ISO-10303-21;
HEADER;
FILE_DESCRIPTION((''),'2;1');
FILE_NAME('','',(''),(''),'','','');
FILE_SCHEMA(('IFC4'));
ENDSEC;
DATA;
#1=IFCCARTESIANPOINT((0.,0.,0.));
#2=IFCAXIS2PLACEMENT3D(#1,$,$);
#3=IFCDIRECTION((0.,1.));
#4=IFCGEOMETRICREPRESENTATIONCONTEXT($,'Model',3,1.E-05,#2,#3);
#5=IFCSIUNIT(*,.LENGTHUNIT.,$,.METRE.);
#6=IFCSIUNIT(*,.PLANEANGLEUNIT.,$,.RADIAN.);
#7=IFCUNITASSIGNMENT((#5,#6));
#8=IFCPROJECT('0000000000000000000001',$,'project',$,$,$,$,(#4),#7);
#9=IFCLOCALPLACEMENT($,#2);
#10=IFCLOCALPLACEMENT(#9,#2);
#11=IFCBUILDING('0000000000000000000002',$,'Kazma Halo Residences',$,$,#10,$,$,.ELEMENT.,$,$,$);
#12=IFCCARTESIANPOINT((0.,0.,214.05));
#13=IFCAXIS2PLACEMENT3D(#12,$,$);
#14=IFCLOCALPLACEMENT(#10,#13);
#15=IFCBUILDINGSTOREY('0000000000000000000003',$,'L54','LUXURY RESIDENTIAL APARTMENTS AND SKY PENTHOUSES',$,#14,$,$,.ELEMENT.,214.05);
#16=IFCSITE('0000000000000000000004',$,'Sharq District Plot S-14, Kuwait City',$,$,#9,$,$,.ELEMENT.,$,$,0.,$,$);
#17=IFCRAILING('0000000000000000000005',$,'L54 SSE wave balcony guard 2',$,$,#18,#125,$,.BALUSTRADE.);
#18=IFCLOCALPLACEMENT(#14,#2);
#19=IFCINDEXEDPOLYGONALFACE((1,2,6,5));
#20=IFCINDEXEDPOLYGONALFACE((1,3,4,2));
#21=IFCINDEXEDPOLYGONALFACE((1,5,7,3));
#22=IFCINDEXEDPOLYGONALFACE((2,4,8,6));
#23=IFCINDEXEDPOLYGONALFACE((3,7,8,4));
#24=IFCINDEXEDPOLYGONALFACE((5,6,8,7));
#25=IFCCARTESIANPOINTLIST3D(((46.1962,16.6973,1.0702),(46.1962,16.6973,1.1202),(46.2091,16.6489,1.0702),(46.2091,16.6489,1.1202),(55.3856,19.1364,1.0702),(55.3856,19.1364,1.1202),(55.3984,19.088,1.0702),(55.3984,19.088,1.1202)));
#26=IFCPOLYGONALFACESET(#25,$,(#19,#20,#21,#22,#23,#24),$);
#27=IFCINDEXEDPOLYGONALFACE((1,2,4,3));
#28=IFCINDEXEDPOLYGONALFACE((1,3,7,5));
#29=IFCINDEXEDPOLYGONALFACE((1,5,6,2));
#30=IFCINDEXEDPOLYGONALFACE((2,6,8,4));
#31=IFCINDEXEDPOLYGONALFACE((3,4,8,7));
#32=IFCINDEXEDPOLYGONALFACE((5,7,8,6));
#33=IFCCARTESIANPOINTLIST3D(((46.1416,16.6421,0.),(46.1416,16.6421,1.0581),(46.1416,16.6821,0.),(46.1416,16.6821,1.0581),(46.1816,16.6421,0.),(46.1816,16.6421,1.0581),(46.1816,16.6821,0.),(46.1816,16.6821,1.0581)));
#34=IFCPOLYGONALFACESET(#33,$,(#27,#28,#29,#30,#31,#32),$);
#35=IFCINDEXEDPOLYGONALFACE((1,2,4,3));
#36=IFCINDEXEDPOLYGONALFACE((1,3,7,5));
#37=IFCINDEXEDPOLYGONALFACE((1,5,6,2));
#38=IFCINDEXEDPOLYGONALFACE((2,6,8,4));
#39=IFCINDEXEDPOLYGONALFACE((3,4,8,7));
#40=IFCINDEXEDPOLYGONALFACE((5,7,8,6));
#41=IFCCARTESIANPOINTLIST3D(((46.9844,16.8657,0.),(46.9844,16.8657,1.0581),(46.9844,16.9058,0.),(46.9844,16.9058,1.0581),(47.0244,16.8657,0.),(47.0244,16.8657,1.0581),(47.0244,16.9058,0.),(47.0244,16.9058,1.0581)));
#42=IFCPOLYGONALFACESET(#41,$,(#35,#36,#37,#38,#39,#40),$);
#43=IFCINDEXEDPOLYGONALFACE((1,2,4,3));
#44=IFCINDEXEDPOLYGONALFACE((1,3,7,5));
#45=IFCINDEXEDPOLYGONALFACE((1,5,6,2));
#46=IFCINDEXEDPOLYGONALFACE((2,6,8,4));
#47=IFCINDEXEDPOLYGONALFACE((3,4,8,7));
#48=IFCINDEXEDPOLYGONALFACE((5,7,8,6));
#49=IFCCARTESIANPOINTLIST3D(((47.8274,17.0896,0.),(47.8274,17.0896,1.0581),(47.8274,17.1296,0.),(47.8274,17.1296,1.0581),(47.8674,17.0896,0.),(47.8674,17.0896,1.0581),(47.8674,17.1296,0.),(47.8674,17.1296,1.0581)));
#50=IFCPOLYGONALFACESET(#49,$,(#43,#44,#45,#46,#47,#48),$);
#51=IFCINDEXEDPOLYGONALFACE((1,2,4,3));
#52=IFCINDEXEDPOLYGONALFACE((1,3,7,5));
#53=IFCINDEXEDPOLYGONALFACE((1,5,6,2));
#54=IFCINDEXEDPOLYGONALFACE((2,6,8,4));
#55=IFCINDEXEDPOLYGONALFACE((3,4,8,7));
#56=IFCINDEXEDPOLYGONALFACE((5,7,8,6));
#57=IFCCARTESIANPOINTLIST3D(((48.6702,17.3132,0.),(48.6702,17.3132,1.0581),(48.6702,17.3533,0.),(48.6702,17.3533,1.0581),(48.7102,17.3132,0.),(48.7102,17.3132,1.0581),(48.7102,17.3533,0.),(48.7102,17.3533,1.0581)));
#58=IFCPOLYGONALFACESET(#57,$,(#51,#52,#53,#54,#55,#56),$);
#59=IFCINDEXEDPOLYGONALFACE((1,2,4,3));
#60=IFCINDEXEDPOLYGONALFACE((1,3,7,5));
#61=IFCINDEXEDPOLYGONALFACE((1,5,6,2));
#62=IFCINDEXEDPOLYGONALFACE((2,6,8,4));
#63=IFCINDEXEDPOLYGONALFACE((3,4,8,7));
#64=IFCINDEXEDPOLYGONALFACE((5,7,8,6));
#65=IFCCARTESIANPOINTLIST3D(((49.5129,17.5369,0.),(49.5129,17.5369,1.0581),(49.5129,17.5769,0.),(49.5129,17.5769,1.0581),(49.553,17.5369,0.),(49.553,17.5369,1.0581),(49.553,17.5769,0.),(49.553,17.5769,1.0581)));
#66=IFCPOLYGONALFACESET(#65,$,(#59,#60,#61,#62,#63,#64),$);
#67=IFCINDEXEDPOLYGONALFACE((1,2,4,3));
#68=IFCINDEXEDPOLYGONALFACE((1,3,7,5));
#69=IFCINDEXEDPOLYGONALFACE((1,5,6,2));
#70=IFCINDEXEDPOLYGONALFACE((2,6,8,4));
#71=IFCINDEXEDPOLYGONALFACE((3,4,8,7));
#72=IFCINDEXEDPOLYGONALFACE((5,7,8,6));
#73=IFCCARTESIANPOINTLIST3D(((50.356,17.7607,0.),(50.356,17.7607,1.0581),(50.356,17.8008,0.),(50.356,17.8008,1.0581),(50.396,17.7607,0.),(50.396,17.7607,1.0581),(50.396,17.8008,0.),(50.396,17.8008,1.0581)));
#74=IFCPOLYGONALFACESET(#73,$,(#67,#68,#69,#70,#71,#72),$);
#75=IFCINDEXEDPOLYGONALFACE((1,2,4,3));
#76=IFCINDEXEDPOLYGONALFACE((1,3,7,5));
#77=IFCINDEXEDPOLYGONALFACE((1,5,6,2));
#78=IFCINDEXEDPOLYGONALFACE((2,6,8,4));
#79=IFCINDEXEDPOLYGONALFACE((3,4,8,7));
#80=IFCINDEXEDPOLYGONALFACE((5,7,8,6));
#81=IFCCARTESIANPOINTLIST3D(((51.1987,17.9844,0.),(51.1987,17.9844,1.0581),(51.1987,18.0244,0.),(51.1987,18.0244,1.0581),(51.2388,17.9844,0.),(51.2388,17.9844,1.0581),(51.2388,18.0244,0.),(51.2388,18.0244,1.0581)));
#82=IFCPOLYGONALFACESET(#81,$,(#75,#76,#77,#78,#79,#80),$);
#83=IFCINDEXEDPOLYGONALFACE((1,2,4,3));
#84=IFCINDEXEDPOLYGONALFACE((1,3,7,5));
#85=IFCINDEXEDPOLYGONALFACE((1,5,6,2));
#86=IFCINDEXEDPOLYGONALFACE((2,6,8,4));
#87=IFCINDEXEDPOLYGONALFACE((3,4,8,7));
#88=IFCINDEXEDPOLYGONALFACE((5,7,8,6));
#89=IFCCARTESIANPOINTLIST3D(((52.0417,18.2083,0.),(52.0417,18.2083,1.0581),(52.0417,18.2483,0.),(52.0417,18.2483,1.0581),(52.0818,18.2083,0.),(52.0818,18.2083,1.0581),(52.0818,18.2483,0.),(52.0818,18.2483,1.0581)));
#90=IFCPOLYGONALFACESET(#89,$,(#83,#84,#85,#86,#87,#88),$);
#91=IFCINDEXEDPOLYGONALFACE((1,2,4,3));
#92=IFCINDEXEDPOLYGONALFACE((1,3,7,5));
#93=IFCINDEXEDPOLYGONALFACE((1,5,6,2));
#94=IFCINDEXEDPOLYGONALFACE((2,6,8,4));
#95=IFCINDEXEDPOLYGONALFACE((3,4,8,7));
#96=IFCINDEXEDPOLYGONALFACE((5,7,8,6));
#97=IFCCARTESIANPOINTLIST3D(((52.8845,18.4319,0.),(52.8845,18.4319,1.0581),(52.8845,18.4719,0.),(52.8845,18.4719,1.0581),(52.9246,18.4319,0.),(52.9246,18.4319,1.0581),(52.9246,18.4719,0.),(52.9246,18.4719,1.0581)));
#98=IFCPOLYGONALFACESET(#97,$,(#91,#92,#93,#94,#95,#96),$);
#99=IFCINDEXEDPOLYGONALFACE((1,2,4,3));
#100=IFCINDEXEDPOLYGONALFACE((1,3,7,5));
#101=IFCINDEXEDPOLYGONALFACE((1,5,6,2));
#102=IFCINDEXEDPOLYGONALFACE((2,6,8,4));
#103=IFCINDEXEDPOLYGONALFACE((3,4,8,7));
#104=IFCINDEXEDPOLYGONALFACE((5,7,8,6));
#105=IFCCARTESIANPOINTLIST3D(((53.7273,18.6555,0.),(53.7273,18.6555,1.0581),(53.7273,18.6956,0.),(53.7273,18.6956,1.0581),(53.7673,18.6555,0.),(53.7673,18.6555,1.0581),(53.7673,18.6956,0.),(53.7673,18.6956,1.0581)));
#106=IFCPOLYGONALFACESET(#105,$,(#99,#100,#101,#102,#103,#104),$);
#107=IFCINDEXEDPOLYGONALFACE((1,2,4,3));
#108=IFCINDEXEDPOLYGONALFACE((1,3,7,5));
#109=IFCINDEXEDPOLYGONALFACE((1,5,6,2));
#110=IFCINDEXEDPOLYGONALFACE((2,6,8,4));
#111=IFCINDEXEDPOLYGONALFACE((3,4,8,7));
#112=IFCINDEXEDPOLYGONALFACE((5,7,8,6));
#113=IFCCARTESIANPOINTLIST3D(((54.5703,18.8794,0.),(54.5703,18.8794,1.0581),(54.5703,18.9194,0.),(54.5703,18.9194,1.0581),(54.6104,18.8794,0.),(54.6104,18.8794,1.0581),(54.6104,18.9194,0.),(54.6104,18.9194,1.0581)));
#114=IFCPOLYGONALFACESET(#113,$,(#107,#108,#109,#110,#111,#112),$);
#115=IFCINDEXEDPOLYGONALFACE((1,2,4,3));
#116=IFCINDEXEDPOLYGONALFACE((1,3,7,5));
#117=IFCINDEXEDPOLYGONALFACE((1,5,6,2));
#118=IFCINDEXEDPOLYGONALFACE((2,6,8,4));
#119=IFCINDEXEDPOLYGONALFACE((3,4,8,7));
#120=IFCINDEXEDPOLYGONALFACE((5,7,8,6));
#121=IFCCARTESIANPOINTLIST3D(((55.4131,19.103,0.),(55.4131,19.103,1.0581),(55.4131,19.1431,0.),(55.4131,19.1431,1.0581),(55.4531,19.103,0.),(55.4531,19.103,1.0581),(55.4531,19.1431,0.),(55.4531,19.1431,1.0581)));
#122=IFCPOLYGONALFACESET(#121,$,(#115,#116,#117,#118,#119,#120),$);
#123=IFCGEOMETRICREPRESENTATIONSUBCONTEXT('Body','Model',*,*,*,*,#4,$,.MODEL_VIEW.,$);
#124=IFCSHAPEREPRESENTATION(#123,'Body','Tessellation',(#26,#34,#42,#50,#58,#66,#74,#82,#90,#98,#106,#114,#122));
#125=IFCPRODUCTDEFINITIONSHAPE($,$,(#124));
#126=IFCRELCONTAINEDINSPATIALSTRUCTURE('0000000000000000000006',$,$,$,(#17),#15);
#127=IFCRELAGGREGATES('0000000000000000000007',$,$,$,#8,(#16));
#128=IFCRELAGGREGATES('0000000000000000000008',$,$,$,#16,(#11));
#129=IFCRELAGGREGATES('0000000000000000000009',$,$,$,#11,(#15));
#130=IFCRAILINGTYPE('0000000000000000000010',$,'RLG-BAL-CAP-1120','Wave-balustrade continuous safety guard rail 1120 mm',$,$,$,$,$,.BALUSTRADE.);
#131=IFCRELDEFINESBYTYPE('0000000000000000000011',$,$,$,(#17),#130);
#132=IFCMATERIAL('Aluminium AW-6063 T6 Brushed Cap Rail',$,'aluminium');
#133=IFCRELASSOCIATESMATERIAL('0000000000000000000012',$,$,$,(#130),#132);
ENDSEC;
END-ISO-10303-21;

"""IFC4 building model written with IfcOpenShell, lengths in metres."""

from ifc_helpers import new_model, si_unit, direction, frame, origin, origin_2d, place, context, subcontext, project, spatial, rectangle, extrude, material, type_object, element, save


model = new_model("IFC4")

# Units and contexts
model_context = context("Model", 3, precision=1e-05, world=origin(), true_north=direction((0.0, 1.0)))
body_context = subcontext(model_context, "Body", "Model", "MODEL_VIEW")
ifc_project = project(units=[si_unit("LENGTHUNIT", "METRE"), si_unit("PLANEANGLEUNIT", "RADIAN")], contexts=[model_context])

# Site, building, storey
site_placement = place(None, origin())
site = spatial("IfcSite", under=ifc_project, at=site_placement, Name="Sharq District Plot S-14, Kuwait City", CompositionType="ELEMENT", RefElevation=0.0)
building_placement = place(site_placement, origin())
building = spatial("IfcBuilding", under=site, at=building_placement, Name="Kazma Halo Residences", CompositionType="ELEMENT")
storey_placement = place(building_placement, frame((0.0, 0.0, 214.05)))
storey = spatial("IfcBuildingStorey", under=building, at=storey_placement, Name="L54", Description="LUXURY RESIDENTIAL APARTMENTS AND SKY PENTHOUSES", CompositionType="ELEMENT", Elevation=214.05)

# Railing
ifc_material_1 = material(Name="Aluminium AW-6063 T6 Brushed Cap Rail", Category="aluminium")
railing_type = type_object("IfcRailingType", Name="RLG-BAL-CAP-1120", Description="Wave-balustrade continuous safety guard rail 1120 mm", PredefinedType="BALUSTRADE", material=ifc_material_1)
railing_1_placement = place(storey_placement, frame((46.1616, 16.6621, 0.0)))
element("IfcRailing", 1, at=railing_1_placement, inside=storey, type_object=railing_type, Name="L54 SSE wave balcony guard 2", PredefinedType="BALUSTRADE", context=body_context, shape_type="SweptSolid", body=[
    extrude(rectangle(XDim=0.05, YDim=0.05, at=origin_2d()), frame((0.041, 0.011, 1.0952), z_axis=(0.966532, 0.256547, 0.0), x_axis=(-0.256547, 0.966532, 0.0)), (0.0, 0.0, 1.0), 9.5076),
    extrude(rectangle(XDim=0.04, YDim=0.04, at=origin_2d()), origin(), (0.0, 0.0, 1.0), 1.0581),
    extrude(rectangle(XDim=0.04, YDim=0.04, at=origin_2d()), frame((0.8428, 0.2236, 0.0)), (0.0, 0.0, 1.0), 1.0581),
    extrude(rectangle(XDim=0.04, YDim=0.04, at=origin_2d()), frame((1.6858, 0.4475, 0.0)), (0.0, 0.0, 1.0), 1.0581),
    extrude(rectangle(XDim=0.04, YDim=0.04, at=origin_2d()), frame((2.5286, 0.6711, 0.0)), (0.0, 0.0, 1.0), 1.0581),
    extrude(rectangle(XDim=0.04, YDim=0.04, at=origin_2d()), frame((3.3713, 0.8948, 0.0)), (0.0, 0.0, 1.0), 1.0581),
    extrude(rectangle(XDim=0.04, YDim=0.04, at=origin_2d()), frame((4.2144, 1.1187, 0.0)), (0.0, 0.0, 1.0), 1.0581),
    extrude(rectangle(XDim=0.04, YDim=0.04, at=origin_2d()), frame((5.0571, 1.3423, 0.0)), (0.0, 0.0, 1.0), 1.0581),
    extrude(rectangle(XDim=0.04, YDim=0.04, at=origin_2d()), frame((5.9001, 1.5662, 0.0)), (0.0, 0.0, 1.0), 1.0581),
    extrude(rectangle(XDim=0.04, YDim=0.04, at=origin_2d()), frame((6.7429, 1.7898, 0.0)), (0.0, 0.0, 1.0), 1.0581),
    extrude(rectangle(XDim=0.04, YDim=0.04, at=origin_2d()), frame((7.5857, 2.0134, 0.0)), (0.0, 0.0, 1.0), 1.0581),
    extrude(rectangle(XDim=0.04, YDim=0.04, at=origin_2d()), frame((8.4287, 2.2373, 0.0)), (0.0, 0.0, 1.0), 1.0581),
    extrude(rectangle(XDim=0.04, YDim=0.04, at=origin_2d()), frame((9.2715, 2.4609, 0.0)), (0.0, 0.0, 1.0), 1.0581),
])

save(model, "model.ifc")
